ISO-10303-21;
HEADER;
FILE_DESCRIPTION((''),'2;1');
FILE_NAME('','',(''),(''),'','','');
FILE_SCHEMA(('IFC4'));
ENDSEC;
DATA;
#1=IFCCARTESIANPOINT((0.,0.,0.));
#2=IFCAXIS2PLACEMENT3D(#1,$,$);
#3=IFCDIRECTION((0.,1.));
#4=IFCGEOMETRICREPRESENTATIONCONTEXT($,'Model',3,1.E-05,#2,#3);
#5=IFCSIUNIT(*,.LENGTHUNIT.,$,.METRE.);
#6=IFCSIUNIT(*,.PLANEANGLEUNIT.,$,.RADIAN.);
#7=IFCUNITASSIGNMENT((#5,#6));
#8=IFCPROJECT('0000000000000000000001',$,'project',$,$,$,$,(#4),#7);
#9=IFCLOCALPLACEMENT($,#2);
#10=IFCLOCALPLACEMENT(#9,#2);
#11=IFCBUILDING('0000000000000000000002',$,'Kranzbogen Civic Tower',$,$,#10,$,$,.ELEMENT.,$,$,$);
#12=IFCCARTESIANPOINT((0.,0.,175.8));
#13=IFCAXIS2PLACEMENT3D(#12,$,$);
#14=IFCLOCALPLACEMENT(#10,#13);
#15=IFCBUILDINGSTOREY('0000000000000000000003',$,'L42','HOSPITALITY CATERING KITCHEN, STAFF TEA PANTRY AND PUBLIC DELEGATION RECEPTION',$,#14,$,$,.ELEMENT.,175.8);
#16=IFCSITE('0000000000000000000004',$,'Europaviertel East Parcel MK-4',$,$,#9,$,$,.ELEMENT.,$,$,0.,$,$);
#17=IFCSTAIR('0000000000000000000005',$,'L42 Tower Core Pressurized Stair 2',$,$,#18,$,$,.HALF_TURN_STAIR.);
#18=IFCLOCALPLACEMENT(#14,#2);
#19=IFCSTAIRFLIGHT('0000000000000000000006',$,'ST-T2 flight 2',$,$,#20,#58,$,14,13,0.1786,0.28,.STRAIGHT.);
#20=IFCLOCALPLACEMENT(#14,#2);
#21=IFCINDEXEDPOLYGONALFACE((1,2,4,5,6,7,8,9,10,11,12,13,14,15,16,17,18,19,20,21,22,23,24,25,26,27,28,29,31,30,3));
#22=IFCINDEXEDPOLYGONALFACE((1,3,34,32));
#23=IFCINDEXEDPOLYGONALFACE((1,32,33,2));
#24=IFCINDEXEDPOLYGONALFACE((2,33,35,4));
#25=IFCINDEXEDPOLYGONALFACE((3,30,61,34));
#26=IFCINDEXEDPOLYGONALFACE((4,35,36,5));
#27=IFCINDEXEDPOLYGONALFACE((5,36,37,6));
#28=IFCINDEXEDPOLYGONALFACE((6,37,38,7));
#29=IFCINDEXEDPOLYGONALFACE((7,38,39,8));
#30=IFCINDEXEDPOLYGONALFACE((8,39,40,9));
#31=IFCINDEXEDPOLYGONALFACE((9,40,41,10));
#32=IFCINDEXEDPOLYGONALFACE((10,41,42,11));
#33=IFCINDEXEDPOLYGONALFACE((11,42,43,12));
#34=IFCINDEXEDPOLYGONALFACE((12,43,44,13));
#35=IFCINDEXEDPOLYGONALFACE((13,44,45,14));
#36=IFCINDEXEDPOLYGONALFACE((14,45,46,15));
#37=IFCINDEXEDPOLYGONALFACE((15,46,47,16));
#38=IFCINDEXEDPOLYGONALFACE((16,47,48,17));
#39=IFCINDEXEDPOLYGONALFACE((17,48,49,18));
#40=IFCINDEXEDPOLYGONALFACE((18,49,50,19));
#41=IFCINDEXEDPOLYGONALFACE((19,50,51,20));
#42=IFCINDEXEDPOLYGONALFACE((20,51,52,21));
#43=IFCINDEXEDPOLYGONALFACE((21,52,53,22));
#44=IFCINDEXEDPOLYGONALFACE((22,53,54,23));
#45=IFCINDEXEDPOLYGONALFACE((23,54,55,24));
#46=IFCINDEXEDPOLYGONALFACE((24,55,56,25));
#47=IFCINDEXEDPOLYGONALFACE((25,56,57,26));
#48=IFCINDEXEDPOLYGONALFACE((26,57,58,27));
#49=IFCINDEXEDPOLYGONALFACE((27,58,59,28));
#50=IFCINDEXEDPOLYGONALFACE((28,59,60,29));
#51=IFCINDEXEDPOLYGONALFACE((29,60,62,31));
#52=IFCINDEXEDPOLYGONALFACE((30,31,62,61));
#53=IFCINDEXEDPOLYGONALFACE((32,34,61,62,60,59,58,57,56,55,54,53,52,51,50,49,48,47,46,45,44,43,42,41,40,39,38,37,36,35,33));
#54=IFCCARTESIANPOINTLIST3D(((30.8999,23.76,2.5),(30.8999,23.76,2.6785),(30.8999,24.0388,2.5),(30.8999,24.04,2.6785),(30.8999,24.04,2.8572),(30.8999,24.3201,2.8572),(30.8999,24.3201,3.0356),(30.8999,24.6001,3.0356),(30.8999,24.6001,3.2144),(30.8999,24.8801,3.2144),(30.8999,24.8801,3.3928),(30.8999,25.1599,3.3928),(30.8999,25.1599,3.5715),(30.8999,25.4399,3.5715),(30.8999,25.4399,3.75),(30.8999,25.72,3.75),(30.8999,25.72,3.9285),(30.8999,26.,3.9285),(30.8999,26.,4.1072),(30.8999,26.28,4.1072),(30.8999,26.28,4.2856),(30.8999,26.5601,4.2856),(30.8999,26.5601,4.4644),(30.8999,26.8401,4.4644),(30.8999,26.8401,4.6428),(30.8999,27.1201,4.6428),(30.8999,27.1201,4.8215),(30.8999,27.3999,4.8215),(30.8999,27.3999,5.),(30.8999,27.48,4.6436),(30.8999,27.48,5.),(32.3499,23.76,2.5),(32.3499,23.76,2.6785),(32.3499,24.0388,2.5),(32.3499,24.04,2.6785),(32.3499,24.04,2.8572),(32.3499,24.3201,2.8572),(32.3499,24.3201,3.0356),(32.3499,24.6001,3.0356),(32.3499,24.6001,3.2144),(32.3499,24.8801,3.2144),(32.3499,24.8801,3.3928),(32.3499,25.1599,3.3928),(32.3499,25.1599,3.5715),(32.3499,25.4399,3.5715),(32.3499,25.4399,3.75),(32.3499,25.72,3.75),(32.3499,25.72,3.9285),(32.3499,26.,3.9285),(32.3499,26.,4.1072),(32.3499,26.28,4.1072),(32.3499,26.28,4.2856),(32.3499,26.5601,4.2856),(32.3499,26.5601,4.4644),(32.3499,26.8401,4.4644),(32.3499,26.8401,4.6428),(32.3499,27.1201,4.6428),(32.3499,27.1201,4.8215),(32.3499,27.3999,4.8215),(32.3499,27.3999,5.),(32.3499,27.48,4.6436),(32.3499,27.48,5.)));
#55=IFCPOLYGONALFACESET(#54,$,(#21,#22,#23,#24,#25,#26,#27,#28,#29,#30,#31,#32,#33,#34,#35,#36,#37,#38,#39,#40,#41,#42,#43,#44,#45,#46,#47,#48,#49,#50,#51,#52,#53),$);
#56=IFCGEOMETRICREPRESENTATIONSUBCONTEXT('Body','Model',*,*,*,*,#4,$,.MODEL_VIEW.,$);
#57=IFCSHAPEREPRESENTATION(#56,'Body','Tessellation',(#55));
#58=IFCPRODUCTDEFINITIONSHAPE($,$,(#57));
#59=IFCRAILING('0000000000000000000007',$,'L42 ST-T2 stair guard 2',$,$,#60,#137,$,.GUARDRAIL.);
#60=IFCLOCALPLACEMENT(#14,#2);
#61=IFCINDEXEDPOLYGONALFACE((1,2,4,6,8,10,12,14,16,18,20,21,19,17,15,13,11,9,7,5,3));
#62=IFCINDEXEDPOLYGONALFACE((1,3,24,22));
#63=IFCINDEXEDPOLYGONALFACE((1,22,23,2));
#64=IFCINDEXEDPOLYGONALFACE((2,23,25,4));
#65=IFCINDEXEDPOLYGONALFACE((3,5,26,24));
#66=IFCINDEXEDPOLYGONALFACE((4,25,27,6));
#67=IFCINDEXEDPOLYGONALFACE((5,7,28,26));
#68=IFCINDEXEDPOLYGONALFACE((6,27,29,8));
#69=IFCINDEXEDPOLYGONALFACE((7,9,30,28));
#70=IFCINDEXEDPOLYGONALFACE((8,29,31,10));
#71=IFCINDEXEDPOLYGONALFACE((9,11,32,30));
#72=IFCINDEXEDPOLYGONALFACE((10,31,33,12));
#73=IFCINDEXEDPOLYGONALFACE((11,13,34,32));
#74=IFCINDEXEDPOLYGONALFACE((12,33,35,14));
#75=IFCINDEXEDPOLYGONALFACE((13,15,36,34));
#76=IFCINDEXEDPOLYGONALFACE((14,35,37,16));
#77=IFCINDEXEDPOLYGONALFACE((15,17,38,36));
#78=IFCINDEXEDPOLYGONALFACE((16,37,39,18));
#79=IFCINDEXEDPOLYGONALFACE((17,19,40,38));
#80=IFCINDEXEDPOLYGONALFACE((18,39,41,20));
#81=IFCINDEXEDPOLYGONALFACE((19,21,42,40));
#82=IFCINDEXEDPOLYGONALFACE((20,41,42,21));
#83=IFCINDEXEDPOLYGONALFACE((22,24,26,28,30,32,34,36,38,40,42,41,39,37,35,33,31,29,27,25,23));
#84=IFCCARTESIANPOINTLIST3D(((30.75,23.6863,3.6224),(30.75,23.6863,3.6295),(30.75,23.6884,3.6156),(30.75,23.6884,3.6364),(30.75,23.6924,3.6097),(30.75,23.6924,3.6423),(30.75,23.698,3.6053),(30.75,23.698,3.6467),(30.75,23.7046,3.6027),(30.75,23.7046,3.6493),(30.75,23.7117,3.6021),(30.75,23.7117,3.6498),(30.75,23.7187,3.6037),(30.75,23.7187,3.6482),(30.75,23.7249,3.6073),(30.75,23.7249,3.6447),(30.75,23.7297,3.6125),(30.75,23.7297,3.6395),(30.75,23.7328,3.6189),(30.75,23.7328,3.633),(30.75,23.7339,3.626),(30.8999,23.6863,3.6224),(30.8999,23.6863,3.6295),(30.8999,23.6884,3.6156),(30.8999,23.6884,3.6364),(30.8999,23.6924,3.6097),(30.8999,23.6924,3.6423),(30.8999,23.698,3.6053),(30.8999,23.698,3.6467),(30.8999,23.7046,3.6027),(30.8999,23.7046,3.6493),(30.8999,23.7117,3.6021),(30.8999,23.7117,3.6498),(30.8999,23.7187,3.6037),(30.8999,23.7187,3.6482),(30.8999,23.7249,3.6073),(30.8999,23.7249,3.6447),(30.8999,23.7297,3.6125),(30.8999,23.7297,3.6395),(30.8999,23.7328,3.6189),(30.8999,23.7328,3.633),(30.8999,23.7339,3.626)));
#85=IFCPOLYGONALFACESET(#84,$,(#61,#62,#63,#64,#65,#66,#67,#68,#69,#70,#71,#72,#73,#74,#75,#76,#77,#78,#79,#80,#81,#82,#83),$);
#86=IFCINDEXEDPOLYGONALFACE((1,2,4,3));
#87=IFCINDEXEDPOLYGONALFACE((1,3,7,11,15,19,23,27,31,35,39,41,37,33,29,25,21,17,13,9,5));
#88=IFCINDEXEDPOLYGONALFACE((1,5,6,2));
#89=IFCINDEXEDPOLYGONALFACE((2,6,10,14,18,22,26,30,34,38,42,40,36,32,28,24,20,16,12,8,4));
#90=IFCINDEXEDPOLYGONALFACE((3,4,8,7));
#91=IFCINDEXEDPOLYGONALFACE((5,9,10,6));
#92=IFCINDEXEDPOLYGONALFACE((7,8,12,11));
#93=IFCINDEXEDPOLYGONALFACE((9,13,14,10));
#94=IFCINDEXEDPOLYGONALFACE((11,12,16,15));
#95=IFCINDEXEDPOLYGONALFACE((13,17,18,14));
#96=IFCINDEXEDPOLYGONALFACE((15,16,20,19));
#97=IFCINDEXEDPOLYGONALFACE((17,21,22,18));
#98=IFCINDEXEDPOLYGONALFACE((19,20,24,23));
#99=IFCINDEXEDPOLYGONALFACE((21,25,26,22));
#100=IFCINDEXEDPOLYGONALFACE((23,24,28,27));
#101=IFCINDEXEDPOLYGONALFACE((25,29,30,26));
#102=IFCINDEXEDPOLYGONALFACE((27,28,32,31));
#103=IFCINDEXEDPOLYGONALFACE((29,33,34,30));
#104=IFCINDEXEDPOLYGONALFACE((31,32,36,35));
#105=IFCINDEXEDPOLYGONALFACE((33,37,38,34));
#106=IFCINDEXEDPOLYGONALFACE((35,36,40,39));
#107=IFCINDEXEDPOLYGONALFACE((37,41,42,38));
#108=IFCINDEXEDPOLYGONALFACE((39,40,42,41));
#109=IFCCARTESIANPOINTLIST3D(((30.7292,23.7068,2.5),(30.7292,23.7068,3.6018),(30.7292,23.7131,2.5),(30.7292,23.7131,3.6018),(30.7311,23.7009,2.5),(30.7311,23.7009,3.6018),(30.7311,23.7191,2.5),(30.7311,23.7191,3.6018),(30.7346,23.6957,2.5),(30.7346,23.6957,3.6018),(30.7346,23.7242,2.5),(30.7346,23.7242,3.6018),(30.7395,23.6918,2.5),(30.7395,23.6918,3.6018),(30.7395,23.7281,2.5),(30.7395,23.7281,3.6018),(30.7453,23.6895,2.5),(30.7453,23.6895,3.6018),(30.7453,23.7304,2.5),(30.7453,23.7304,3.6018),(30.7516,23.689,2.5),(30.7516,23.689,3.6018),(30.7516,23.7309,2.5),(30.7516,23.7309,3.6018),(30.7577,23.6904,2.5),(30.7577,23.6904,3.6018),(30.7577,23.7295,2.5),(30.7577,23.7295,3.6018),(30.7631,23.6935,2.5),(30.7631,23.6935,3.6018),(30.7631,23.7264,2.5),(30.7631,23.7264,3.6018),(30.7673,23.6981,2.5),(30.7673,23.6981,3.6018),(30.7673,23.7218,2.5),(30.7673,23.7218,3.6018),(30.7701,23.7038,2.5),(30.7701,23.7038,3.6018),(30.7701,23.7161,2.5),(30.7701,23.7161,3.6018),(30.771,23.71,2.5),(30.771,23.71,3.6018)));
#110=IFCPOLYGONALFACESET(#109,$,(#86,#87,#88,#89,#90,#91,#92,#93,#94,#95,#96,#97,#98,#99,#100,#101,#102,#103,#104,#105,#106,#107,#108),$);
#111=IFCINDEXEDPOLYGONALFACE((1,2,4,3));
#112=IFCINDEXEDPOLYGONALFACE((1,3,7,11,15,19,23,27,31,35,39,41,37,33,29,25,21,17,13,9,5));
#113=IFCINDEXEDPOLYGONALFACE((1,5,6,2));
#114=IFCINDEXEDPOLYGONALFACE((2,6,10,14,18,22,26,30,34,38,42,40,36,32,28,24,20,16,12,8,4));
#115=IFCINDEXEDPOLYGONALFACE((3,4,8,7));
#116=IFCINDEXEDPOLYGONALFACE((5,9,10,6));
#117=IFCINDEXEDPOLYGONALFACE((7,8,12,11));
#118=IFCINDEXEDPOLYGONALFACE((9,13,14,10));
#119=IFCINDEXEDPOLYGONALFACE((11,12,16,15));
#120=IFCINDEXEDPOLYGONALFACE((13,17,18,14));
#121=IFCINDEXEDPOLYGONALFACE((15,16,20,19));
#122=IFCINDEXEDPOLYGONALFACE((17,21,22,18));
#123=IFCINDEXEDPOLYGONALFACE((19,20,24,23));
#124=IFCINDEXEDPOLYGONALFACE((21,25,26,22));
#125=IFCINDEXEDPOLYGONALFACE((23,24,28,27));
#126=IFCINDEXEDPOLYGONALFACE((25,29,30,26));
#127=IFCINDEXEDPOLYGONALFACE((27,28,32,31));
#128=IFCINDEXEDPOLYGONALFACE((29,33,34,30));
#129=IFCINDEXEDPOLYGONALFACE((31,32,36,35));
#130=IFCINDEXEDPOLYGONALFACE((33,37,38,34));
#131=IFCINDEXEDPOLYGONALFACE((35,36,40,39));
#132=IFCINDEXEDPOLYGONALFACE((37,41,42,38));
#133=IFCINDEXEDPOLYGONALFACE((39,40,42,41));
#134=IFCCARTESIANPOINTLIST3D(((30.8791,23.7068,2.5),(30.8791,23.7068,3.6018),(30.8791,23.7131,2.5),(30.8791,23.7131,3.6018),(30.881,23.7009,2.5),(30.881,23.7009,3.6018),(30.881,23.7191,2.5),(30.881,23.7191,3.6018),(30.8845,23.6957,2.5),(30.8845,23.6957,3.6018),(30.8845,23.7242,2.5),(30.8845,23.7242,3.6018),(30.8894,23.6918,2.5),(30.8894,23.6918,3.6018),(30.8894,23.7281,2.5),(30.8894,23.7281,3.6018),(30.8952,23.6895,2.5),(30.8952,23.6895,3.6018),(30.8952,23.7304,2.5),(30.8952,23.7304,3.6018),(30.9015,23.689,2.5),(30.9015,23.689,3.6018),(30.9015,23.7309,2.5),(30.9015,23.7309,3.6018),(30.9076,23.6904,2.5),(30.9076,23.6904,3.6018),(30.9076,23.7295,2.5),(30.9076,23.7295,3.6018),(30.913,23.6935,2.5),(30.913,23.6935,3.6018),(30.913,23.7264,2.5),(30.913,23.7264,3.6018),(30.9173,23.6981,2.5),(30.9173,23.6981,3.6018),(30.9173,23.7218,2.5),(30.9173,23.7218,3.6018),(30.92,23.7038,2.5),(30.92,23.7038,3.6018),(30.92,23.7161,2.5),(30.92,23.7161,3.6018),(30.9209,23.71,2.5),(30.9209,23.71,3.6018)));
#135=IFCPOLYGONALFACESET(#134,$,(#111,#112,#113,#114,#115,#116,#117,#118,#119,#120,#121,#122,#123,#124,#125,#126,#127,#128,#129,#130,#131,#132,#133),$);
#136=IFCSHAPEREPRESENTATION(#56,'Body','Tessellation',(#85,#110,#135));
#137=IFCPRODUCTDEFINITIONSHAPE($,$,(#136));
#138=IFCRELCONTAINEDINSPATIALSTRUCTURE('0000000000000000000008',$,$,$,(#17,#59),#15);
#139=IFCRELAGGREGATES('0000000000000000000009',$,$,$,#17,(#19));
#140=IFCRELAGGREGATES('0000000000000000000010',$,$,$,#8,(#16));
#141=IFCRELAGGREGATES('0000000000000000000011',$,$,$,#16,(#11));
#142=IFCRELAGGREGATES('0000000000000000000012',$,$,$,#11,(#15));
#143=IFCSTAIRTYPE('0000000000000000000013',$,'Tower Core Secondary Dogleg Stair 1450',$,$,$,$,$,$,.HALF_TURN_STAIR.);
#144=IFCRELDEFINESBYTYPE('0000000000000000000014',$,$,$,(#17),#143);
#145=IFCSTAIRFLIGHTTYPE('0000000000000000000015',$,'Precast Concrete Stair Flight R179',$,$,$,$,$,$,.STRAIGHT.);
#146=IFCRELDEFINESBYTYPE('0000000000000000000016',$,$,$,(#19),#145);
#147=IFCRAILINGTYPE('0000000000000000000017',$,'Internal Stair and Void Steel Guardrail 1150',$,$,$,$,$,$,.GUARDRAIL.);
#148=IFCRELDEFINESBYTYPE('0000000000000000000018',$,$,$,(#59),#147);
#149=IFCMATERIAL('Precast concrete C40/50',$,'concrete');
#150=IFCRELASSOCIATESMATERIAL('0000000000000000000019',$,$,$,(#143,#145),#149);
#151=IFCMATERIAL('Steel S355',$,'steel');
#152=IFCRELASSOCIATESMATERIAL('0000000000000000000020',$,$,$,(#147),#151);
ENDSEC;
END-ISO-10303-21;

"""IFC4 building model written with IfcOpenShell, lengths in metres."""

from ifc_helpers import new_model, si_unit, direction, frame, origin, origin_2d, place, context, subcontext, project, spatial, polyline, circle, outline, extrude, material, type_object, element, aggregate, save


model = new_model("IFC4")

# Units and contexts
model_context = context("Model", 3, precision=1e-05, world=origin(), true_north=direction((0.0, 1.0)))
body_context = subcontext(model_context, "Body", "Model", "MODEL_VIEW")
ifc_project = project(units=[si_unit("LENGTHUNIT", "METRE"), si_unit("PLANEANGLEUNIT", "RADIAN")], contexts=[model_context])

# Site, building, storey
site_placement = place(None, origin())
site = spatial("IfcSite", under=ifc_project, at=site_placement, Name="Europaviertel East Parcel MK-4", CompositionType="ELEMENT", RefElevation=0.0)
building_placement = place(site_placement, origin())
building = spatial("IfcBuilding", under=site, at=building_placement, Name="Kranzbogen Civic Tower", CompositionType="ELEMENT")
storey_placement = place(building_placement, frame((0.0, 0.0, 175.8)))
storey = spatial("IfcBuildingStorey", under=building, at=storey_placement, Name="L42", Description="HOSPITALITY CATERING KITCHEN, STAFF TEA PANTRY AND PUBLIC DELEGATION RECEPTION", CompositionType="ELEMENT", Elevation=175.8)

# Shared definitions
ifc_material_1 = material(Name="Steel S355", Category="steel")

# Stair, stair flight
ifc_material_2 = material(Name="Precast concrete C40/50", Category="concrete")
stair_type = type_object("IfcStairType", Name="Tower Core Secondary Dogleg Stair 1450", PredefinedType="HALF_TURN_STAIR", material=ifc_material_2)
stair_placement = place(storey_placement, origin())
stair = element("IfcStair", 1, at=stair_placement, inside=storey, type_object=stair_type, Name="L42 Tower Core Pressurized Stair 2", PredefinedType="HALF_TURN_STAIR")
stair_flight_type = type_object("IfcStairFlightType", Name="Precast Concrete Stair Flight R179", PredefinedType="STRAIGHT", material=ifc_material_2)
stair_flight_placement = place(storey_placement, frame((31.625, 23.76, 2.5), z_axis=(0.0, 0.0, 1.0), x_axis=(0.0, 1.0, 0.0)))
stair_flight = element("IfcStairFlight", 2, at=stair_flight_placement, type_object=stair_flight_type, Name="ST-T2 flight 2", NumberOfRisers=14, NumberOfTreads=13, PredefinedType="STRAIGHT", RiserHeight=0.1786, TreadLength=0.28, context=body_context, shape_type="SweptSolid", body=[
    extrude(outline(polyline([(0.0, 0.0), (0.0, 0.1785), (0.28, 0.1785), (0.28, 0.3572), (0.5601, 0.3572), (0.5601, 0.5356), (0.8401, 0.5356), (0.8401, 0.7144), (1.1201, 0.7144), (1.1201, 0.8928), (1.3999, 0.8928), (1.3999, 1.0715), (1.6799, 1.0715), (1.6799, 1.25), (1.96, 1.25), (1.96, 1.4285), (2.24, 1.4285), (2.24, 1.6072), (2.52, 1.6072), (2.52, 1.7856), (2.8, 1.7856), (2.8, 1.9644), (3.0801, 1.9644), (3.0801, 2.1428), (3.3601, 2.1428), (3.3601, 2.3215), (3.6399, 2.3215), (3.6399, 2.5), (3.72, 2.5), (3.72, 2.1436), (0.2788, 0.0), (0.0, 0.0)])), frame((0.0, 0.7251, 0.0), z_axis=(0.0, -1.0, 0.0), x_axis=(1.0, 0.0, 0.0)), (0.0, 0.0, 1.0), 1.45),
])
aggregate(stair, [stair_flight])

# Railing
railing_type_1 = type_object("IfcRailingType", Name="Internal Stair and Void Steel Guardrail 1150", PredefinedType="GUARDRAIL", material=ifc_material_1)
railing_1_placement = place(storey_placement, frame((30.75, 23.71, 2.5)))
element("IfcRailing", 3, at=railing_1_placement, inside=storey, type_object=railing_type_1, Name="L42 ST-T2 stair guard 2", PredefinedType="GUARDRAIL", context=body_context, shape_type="SweptSolid", body=[
    extrude(circle(Radius=0.0239, at=origin_2d()), frame((0.0, 0.0, 1.126), z_axis=(1.0, 0.0, 0.0), x_axis=(0.0, 1.0, 0.0)), (0.0, 0.0, 1.0), 0.1499),
    extrude(circle(Radius=0.021, at=origin_2d()), origin(), (0.0, 0.0, 1.0), 1.1018),
    extrude(circle(Radius=0.021, at=origin_2d()), frame((0.1499, 0.0, 0.0)), (0.0, 0.0, 1.0), 1.1018),
])

save(model, "model.ifc")
